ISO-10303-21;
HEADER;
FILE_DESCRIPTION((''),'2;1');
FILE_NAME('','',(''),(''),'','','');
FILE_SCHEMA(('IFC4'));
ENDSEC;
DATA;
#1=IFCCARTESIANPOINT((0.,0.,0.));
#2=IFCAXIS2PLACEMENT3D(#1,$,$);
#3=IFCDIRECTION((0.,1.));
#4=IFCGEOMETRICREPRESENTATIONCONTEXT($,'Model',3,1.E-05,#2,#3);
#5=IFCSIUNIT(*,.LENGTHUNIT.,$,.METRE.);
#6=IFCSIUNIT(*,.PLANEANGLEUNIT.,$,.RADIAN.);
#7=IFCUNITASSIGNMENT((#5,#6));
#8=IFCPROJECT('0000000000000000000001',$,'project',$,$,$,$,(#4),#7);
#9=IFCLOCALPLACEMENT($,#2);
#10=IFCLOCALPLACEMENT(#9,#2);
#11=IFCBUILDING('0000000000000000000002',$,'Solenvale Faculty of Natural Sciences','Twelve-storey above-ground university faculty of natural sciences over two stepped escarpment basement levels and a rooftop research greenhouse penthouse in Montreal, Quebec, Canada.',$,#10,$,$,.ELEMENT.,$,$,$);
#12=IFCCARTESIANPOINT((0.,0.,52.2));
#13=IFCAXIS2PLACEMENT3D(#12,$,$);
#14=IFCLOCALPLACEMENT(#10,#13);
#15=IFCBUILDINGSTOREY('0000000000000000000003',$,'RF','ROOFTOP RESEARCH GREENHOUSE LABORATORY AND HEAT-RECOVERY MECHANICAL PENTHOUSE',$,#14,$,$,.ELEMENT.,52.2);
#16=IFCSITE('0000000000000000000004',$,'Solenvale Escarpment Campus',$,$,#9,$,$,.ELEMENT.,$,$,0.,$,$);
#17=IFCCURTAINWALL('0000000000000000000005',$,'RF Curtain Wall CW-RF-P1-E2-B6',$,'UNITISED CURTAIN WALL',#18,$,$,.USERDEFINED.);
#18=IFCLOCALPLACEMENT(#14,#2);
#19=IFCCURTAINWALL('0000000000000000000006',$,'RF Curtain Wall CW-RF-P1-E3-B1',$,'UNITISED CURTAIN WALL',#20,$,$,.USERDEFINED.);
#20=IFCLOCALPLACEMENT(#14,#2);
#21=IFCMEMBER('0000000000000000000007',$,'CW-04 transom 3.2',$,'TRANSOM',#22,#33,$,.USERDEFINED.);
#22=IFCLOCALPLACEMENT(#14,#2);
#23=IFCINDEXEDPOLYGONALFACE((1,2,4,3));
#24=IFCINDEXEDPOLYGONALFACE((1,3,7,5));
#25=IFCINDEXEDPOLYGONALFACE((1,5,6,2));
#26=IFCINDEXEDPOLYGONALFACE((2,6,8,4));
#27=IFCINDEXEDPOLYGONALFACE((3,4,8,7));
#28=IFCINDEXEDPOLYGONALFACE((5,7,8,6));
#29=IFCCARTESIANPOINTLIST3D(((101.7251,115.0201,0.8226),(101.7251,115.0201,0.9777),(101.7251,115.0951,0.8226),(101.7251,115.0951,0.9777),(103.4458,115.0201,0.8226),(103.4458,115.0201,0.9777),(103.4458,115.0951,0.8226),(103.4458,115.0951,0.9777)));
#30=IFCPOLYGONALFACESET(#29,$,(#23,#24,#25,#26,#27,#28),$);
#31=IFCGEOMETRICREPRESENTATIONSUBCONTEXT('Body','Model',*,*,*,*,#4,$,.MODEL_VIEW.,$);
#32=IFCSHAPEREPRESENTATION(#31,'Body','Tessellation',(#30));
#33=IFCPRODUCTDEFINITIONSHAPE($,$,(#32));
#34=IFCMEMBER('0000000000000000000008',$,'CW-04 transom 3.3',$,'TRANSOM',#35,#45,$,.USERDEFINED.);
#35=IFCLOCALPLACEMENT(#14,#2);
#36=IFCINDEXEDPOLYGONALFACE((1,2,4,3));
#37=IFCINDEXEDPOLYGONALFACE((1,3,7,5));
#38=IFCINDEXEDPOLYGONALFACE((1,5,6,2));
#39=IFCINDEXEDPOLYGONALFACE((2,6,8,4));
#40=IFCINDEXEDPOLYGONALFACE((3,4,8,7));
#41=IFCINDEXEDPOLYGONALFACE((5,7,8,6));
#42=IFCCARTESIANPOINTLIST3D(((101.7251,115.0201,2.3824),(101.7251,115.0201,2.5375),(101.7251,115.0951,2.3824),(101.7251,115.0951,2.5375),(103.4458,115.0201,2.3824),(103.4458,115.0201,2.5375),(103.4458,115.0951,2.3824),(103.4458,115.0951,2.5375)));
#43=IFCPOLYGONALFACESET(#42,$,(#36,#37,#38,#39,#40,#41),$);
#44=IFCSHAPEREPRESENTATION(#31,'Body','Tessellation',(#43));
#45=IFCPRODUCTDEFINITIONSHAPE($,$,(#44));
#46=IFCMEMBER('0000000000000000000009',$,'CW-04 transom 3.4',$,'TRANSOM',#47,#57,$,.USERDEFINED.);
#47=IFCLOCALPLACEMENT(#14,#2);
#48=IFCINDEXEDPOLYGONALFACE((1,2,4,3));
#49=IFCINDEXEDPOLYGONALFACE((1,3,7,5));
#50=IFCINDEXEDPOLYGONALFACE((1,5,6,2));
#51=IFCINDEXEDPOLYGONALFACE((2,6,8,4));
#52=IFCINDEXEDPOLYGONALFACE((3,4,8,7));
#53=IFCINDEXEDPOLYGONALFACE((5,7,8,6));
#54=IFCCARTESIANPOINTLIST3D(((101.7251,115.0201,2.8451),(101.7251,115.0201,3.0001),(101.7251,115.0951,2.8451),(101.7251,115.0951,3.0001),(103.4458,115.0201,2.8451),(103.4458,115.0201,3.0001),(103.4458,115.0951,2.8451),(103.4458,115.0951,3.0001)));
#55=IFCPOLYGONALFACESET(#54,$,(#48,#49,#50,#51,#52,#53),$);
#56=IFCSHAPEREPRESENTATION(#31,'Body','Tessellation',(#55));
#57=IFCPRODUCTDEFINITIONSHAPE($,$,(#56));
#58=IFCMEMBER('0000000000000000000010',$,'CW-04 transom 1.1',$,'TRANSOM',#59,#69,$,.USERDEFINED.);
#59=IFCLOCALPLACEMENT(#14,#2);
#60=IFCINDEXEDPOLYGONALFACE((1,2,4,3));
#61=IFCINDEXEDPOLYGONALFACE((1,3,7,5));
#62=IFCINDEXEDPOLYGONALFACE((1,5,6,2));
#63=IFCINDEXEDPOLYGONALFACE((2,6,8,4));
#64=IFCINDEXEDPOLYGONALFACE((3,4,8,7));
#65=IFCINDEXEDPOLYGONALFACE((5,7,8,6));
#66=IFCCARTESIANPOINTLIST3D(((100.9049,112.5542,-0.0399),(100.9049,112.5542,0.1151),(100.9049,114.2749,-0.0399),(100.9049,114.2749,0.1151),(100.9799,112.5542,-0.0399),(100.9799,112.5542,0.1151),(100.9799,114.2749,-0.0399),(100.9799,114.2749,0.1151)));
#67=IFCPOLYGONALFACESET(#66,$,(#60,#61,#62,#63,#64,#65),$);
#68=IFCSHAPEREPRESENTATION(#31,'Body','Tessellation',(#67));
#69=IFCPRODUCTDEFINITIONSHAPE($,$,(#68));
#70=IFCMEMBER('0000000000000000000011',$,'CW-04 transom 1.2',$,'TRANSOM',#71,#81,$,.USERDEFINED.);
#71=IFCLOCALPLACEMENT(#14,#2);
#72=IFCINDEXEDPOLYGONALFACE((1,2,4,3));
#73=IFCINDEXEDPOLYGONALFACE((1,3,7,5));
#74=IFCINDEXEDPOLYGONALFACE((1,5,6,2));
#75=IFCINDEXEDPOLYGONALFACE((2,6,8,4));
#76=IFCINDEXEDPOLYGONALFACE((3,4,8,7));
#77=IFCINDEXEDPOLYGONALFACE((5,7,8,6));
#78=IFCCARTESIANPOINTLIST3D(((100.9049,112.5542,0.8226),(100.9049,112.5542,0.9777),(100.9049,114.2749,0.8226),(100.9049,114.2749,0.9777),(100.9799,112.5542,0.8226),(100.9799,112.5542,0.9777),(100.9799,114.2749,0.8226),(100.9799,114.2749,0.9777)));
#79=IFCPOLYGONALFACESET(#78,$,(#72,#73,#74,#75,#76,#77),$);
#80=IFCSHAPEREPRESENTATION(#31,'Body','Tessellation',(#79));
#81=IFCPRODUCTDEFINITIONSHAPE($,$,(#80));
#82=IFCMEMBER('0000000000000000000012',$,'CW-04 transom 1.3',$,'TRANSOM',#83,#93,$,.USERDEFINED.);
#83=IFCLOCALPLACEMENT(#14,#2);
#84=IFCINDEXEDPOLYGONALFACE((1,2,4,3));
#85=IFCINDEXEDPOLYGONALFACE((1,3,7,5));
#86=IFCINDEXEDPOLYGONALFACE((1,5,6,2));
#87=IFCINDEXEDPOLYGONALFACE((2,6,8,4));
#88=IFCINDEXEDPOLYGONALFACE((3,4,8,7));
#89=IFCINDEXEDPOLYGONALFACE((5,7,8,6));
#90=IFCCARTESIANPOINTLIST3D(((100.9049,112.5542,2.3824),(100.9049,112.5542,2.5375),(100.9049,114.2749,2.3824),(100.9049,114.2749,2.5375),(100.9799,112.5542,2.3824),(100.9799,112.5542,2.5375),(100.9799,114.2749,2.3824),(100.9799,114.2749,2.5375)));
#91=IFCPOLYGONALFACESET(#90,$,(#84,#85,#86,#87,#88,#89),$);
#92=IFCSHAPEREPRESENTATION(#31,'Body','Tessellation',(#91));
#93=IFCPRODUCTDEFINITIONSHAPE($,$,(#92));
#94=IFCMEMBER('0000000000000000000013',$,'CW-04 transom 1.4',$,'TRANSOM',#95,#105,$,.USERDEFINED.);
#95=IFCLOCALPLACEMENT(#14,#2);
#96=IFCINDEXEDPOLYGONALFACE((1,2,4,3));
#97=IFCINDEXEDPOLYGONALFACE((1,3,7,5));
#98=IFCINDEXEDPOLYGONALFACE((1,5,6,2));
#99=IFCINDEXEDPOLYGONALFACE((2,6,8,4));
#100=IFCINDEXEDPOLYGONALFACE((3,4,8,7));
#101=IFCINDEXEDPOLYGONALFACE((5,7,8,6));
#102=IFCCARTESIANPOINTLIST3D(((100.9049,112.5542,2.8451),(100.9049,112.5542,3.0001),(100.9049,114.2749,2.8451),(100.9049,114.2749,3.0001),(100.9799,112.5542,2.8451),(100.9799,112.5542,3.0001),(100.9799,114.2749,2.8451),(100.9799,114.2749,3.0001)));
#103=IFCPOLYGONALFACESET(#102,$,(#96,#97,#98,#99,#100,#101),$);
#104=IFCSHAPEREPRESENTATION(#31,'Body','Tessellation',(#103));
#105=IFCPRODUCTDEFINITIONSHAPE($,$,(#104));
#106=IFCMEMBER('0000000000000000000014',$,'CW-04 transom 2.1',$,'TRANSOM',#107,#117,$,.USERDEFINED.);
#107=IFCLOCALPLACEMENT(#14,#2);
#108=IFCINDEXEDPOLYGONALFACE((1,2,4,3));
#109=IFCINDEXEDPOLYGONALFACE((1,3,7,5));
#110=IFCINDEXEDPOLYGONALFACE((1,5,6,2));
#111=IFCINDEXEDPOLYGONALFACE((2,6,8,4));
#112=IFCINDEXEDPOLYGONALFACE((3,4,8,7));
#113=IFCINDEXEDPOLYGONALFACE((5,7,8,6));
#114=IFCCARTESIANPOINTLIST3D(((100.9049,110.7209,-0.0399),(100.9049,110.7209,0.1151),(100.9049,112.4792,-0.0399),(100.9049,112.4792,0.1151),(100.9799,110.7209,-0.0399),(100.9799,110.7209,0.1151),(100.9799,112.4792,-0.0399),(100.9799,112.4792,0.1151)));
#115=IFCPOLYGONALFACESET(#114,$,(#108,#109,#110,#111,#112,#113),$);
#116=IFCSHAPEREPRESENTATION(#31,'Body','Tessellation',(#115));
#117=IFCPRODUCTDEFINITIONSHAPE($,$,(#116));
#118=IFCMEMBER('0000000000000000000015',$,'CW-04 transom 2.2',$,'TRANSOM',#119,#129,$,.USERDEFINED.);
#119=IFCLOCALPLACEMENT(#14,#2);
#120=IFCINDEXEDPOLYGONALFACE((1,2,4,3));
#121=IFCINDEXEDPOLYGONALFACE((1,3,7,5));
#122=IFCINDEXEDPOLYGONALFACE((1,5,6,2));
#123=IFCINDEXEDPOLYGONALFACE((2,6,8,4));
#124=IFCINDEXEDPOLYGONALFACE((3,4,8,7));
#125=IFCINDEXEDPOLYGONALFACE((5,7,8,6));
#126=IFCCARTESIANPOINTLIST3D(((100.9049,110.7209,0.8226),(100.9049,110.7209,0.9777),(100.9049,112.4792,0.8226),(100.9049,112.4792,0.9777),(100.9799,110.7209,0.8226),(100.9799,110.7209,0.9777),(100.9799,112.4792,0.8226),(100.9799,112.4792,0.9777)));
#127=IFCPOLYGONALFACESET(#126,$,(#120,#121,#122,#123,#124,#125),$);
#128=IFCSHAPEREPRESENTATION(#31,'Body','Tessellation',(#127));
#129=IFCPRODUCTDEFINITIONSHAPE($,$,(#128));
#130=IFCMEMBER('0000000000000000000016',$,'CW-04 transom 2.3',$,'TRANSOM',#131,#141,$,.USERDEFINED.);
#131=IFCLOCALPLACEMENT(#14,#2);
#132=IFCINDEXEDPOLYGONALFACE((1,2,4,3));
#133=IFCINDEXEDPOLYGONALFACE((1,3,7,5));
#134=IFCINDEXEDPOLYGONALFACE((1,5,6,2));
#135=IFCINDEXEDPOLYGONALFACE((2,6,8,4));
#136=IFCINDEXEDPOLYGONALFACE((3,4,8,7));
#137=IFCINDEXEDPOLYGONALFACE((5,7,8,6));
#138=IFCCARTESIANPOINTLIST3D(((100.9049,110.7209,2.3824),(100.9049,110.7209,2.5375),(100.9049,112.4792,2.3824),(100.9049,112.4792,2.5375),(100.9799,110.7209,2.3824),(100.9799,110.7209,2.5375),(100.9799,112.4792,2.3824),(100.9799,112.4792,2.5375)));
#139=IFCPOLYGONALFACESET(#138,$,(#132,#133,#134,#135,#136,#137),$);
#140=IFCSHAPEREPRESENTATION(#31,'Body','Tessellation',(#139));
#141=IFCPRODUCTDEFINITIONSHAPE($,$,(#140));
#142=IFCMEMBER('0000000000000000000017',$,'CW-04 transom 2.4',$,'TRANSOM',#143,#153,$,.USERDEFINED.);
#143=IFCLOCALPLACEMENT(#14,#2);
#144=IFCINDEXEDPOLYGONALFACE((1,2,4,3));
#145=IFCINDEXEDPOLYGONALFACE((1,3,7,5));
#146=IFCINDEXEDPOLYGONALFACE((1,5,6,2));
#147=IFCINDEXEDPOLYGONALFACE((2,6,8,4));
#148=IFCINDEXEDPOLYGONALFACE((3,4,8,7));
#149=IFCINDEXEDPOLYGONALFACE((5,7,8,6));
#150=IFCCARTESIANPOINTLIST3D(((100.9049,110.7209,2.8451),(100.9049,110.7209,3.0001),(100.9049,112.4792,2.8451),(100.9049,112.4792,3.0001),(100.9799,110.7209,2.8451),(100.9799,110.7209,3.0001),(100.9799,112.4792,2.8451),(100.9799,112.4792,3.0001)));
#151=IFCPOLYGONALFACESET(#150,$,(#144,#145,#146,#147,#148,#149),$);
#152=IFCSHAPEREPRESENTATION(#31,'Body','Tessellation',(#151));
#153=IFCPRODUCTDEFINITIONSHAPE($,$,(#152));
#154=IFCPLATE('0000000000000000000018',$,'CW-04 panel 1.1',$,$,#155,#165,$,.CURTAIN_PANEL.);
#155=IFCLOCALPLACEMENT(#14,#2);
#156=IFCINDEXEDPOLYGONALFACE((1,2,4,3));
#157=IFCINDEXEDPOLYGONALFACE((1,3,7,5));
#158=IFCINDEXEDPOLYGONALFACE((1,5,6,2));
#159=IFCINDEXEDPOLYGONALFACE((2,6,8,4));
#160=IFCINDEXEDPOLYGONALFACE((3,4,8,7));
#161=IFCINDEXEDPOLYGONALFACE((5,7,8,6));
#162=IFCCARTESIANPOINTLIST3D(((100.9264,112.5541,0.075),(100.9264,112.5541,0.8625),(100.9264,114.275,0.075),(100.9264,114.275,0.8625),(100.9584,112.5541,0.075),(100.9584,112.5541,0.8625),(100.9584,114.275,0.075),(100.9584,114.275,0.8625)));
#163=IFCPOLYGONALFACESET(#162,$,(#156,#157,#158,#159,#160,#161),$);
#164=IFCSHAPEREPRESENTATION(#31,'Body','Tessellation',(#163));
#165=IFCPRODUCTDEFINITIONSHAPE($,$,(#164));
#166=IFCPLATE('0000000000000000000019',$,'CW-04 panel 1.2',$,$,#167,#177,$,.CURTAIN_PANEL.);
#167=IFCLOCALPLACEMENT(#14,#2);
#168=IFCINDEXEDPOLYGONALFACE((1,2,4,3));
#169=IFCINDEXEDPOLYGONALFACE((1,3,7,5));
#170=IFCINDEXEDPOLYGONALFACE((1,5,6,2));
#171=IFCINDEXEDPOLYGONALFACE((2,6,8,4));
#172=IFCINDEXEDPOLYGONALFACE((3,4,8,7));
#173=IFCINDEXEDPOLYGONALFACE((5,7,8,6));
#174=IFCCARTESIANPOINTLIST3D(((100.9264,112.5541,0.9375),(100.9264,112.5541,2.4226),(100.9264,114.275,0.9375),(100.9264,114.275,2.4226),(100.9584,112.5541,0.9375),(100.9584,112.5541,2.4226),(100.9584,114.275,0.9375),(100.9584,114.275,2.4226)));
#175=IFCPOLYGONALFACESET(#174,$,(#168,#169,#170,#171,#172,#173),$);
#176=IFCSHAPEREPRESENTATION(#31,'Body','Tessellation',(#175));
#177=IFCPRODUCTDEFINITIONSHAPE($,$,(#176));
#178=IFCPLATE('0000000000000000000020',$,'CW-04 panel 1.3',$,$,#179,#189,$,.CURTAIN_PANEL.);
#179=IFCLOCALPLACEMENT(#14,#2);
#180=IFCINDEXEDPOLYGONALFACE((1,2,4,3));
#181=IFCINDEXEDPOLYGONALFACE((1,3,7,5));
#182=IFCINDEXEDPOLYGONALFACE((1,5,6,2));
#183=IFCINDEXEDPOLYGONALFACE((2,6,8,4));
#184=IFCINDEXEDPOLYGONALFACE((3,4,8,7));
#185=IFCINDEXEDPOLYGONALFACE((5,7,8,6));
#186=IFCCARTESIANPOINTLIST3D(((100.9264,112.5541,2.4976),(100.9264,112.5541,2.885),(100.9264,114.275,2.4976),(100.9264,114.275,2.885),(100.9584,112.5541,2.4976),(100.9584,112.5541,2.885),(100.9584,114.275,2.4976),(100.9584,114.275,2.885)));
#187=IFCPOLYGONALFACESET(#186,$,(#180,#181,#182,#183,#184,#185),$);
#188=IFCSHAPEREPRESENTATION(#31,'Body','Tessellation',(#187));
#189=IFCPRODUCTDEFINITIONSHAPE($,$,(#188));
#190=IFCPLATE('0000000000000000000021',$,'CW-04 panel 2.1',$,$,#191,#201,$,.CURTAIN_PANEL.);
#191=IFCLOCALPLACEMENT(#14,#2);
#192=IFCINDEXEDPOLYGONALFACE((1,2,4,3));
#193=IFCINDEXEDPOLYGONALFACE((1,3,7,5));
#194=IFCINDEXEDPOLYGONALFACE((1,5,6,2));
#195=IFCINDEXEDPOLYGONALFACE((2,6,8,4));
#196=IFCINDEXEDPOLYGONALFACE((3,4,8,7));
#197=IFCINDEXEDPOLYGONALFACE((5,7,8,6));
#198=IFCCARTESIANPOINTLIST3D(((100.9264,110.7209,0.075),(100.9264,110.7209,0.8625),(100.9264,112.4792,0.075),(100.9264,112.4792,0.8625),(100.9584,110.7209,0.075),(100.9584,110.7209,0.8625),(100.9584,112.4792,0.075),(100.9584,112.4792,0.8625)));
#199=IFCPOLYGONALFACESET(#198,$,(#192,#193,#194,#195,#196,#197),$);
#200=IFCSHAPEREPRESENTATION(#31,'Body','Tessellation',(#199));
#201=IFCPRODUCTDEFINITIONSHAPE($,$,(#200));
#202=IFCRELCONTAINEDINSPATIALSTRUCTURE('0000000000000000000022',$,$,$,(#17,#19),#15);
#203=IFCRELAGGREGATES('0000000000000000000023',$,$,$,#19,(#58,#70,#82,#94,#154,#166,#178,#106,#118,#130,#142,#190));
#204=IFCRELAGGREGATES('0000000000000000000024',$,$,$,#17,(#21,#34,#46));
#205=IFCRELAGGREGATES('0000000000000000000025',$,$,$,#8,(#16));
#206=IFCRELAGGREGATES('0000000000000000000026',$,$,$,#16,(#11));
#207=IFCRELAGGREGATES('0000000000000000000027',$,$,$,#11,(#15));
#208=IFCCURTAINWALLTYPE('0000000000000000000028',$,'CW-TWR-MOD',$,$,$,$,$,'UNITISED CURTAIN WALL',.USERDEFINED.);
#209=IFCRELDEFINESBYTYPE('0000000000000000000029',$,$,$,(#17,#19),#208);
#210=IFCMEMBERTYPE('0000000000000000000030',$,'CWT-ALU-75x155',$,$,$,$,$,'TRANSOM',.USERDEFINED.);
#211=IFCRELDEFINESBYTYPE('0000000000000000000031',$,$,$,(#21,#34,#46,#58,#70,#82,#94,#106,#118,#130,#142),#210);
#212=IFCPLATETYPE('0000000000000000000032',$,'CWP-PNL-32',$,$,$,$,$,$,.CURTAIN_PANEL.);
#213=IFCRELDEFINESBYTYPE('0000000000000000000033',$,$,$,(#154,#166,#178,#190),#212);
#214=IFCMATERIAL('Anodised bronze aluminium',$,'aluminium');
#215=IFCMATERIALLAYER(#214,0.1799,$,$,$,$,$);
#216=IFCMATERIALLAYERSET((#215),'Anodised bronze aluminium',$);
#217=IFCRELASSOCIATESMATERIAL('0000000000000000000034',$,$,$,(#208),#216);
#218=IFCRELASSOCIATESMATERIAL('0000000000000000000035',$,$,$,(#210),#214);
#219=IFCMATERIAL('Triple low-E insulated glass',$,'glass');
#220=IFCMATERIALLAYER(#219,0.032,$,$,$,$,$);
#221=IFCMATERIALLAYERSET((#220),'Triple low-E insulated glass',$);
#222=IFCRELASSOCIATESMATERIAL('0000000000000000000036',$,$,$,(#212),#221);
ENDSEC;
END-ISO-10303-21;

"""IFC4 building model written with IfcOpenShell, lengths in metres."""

from ifc_helpers import new_model, si_unit, direction, frame, origin, origin_2d, place, context, subcontext, project, spatial, rectangle, extrude, material, layer, layer_set, material_profile, profile_set, type_object, element, aggregate, save


model = new_model("IFC4")

# Units and contexts
model_context = context("Model", 3, precision=1e-05, world=origin(), true_north=direction((0.0, 1.0)))
body_context = subcontext(model_context, "Body", "Model", "MODEL_VIEW")
ifc_project = project(units=[si_unit("LENGTHUNIT", "METRE"), si_unit("PLANEANGLEUNIT", "RADIAN")], contexts=[model_context])

# Site, building, storey
site_placement = place(None, origin())
site = spatial("IfcSite", under=ifc_project, at=site_placement, Name="Solenvale Escarpment Campus", CompositionType="ELEMENT", RefElevation=0.0)
building_placement = place(site_placement, origin())
building = spatial("IfcBuilding", under=site, at=building_placement, Name="Solenvale Faculty of Natural Sciences", Description="Twelve-storey above-ground university faculty of natural sciences over two stepped escarpment basement levels and a rooftop research greenhouse penthouse in Montreal, Quebec, Canada.", CompositionType="ELEMENT")
storey_placement = place(building_placement, frame((0.0, 0.0, 52.2)))
storey = spatial("IfcBuildingStorey", under=building, at=storey_placement, Name="RF", Description="ROOFTOP RESEARCH GREENHOUSE LABORATORY AND HEAT-RECOVERY MECHANICAL PENTHOUSE", CompositionType="ELEMENT", Elevation=52.2)

# Curtain walls
ifc_material_1 = material(Name="Anodised bronze aluminium", Category="aluminium")
ifc_layer_1 = layer(ifc_material_1, 0.1799)
ifc_layer_set_1 = layer_set([ifc_layer_1], Name="Anodised bronze aluminium")
curtain_wall_type = type_object("IfcCurtainWallType", Name="CW-TWR-MOD", ElementType="UNITISED CURTAIN WALL", PredefinedType="USERDEFINED", material=ifc_layer_set_1)
curtain_wall_1_placement = place(storey_placement, origin())
curtain_wall_1 = element("IfcCurtainWall", 1, at=curtain_wall_1_placement, inside=storey, type_object=curtain_wall_type, Name="RF Curtain Wall CW-RF-P1-E2-B6", ObjectType="UNITISED CURTAIN WALL", PredefinedType="USERDEFINED")
curtain_wall_2_placement = place(storey_placement, origin())
curtain_wall_2 = element("IfcCurtainWall", 2, at=curtain_wall_2_placement, inside=storey, type_object=curtain_wall_type, Name="RF Curtain Wall CW-RF-P1-E3-B1", ObjectType="UNITISED CURTAIN WALL", PredefinedType="USERDEFINED")

# Members
ifc_material_profile_1 = material_profile(ifc_material_1, rectangle(XDim=0.075, YDim=0.155, at=origin_2d()), Name="ALU-TRN-75x155")
ifc_profile_set_1 = profile_set([ifc_material_profile_1], Name="Anodised bronze aluminium")
member_type_1 = type_object("IfcMemberType", Name="CWT-ALU-75x155", ElementType="TRANSOM", PredefinedType="USERDEFINED", material=ifc_profile_set_1)
member_1_placement = place(storey_placement, frame((103.4458, 115.0576, 0.9001), z_axis=(-1.0, 0.0, 0.0), x_axis=(0.0, -1.0, 0.0)))
member_1 = element("IfcMember", 3, at=member_1_placement, type_object=member_type_1, Name="CW-04 transom 3.2", ObjectType="TRANSOM", PredefinedType="USERDEFINED", context=body_context, shape_type="SweptSolid", body=[
    extrude(rectangle(XDim=0.075, YDim=0.155, at=origin_2d()), origin(), (0.0, 0.0, 1.0), 1.7207),
])
member_2_placement = place(storey_placement, frame((103.4458, 115.0576, 2.46), z_axis=(-1.0, 0.0, 0.0), x_axis=(0.0, -1.0, 0.0)))
member_2 = element("IfcMember", 4, at=member_2_placement, type_object=member_type_1, Name="CW-04 transom 3.3", ObjectType="TRANSOM", PredefinedType="USERDEFINED", context=body_context, shape_type="SweptSolid", body=[
    extrude(rectangle(XDim=0.075, YDim=0.155, at=origin_2d()), origin(), (0.0, 0.0, 1.0), 1.7207),
])
member_3_placement = place(storey_placement, frame((103.4458, 115.0576, 2.9226), z_axis=(-1.0, 0.0, 0.0), x_axis=(0.0, -1.0, 0.0)))
member_3 = element("IfcMember", 5, at=member_3_placement, type_object=member_type_1, Name="CW-04 transom 3.4", ObjectType="TRANSOM", PredefinedType="USERDEFINED", context=body_context, shape_type="SweptSolid", body=[
    extrude(rectangle(XDim=0.075, YDim=0.155, at=origin_2d()), origin(), (0.0, 0.0, 1.0), 1.7207),
])
member_4_placement = place(storey_placement, frame((100.9424, 114.2749, 0.0376), z_axis=(0.0, -1.0, 0.0), x_axis=(1.0, 0.0, 0.0)))
member_4 = element("IfcMember", 6, at=member_4_placement, type_object=member_type_1, Name="CW-04 transom 1.1", ObjectType="TRANSOM", PredefinedType="USERDEFINED", context=body_context, shape_type="SweptSolid", body=[
    extrude(rectangle(XDim=0.075, YDim=0.155, at=origin_2d()), origin(), (0.0, 0.0, 1.0), 1.7207),
])
member_5_placement = place(storey_placement, frame((100.9424, 114.2749, 0.9001), z_axis=(0.0, -1.0, 0.0), x_axis=(1.0, 0.0, 0.0)))
member_5 = element("IfcMember", 7, at=member_5_placement, type_object=member_type_1, Name="CW-04 transom 1.2", ObjectType="TRANSOM", PredefinedType="USERDEFINED", context=body_context, shape_type="SweptSolid", body=[
    extrude(rectangle(XDim=0.075, YDim=0.155, at=origin_2d()), origin(), (0.0, 0.0, 1.0), 1.7207),
])
member_6_placement = place(storey_placement, frame((100.9424, 114.2749, 2.46), z_axis=(0.0, -1.0, 0.0), x_axis=(1.0, 0.0, 0.0)))
member_6 = element("IfcMember", 8, at=member_6_placement, type_object=member_type_1, Name="CW-04 transom 1.3", ObjectType="TRANSOM", PredefinedType="USERDEFINED", context=body_context, shape_type="SweptSolid", body=[
    extrude(rectangle(XDim=0.075, YDim=0.155, at=origin_2d()), origin(), (0.0, 0.0, 1.0), 1.7207),
])
member_7_placement = place(storey_placement, frame((100.9424, 114.2749, 2.9226), z_axis=(0.0, -1.0, 0.0), x_axis=(1.0, 0.0, 0.0)))
member_7 = element("IfcMember", 9, at=member_7_placement, type_object=member_type_1, Name="CW-04 transom 1.4", ObjectType="TRANSOM", PredefinedType="USERDEFINED", context=body_context, shape_type="SweptSolid", body=[
    extrude(rectangle(XDim=0.075, YDim=0.155, at=origin_2d()), origin(), (0.0, 0.0, 1.0), 1.7207),
])
member_8_placement = place(storey_placement, frame((100.9424, 112.4792, 0.0376), z_axis=(0.0, -1.0, 0.0), x_axis=(1.0, 0.0, 0.0)))
member_8 = element("IfcMember", 10, at=member_8_placement, type_object=member_type_1, Name="CW-04 transom 2.1", ObjectType="TRANSOM", PredefinedType="USERDEFINED", context=body_context, shape_type="SweptSolid", body=[
    extrude(rectangle(XDim=0.075, YDim=0.155, at=origin_2d()), origin(), (0.0, 0.0, 1.0), 1.7583),
])
member_9_placement = place(storey_placement, frame((100.9424, 112.4792, 0.9001), z_axis=(0.0, -1.0, 0.0), x_axis=(1.0, 0.0, 0.0)))
member_9 = element("IfcMember", 11, at=member_9_placement, type_object=member_type_1, Name="CW-04 transom 2.2", ObjectType="TRANSOM", PredefinedType="USERDEFINED", context=body_context, shape_type="SweptSolid", body=[
    extrude(rectangle(XDim=0.075, YDim=0.155, at=origin_2d()), origin(), (0.0, 0.0, 1.0), 1.7583),
])
member_10_placement = place(storey_placement, frame((100.9424, 112.4792, 2.46), z_axis=(0.0, -1.0, 0.0), x_axis=(1.0, 0.0, 0.0)))
member_10 = element("IfcMember", 12, at=member_10_placement, type_object=member_type_1, Name="CW-04 transom 2.3", ObjectType="TRANSOM", PredefinedType="USERDEFINED", context=body_context, shape_type="SweptSolid", body=[
    extrude(rectangle(XDim=0.075, YDim=0.155, at=origin_2d()), origin(), (0.0, 0.0, 1.0), 1.7583),
])
member_11_placement = place(storey_placement, frame((100.9424, 112.4792, 2.9226), z_axis=(0.0, -1.0, 0.0), x_axis=(1.0, 0.0, 0.0)))
member_11 = element("IfcMember", 13, at=member_11_placement, type_object=member_type_1, Name="CW-04 transom 2.4", ObjectType="TRANSOM", PredefinedType="USERDEFINED", context=body_context, shape_type="SweptSolid", body=[
    extrude(rectangle(XDim=0.075, YDim=0.155, at=origin_2d()), origin(), (0.0, 0.0, 1.0), 1.7583),
])

# Plates
ifc_material_2 = material(Name="Triple low-E insulated glass", Category="glass")
ifc_layer_2 = layer(ifc_material_2, 0.032)
ifc_layer_set_2 = layer_set([ifc_layer_2], Name="Triple low-E insulated glass")
plate_type_1 = type_object("IfcPlateType", Name="CWP-PNL-32", PredefinedType="CURTAIN_PANEL", material=ifc_layer_set_2)
plate_1_placement = place(storey_placement, frame((100.9424, 113.4146, 0.075), z_axis=(0.0, 0.0, 1.0), x_axis=(0.0, -1.0, 0.0)))
plate_1 = element("IfcPlate", 14, at=plate_1_placement, type_object=plate_type_1, Name="CW-04 panel 1.1", PredefinedType="CURTAIN_PANEL", context=body_context, shape_type="SweptSolid", body=[
    extrude(rectangle(XDim=1.7209, YDim=0.032, at=origin_2d()), origin(), (0.0, 0.0, 1.0), 0.7876),
])
plate_2_placement = place(storey_placement, frame((100.9424, 113.4146, 0.9375), z_axis=(0.0, 0.0, 1.0), x_axis=(0.0, -1.0, 0.0)))
plate_2 = element("IfcPlate", 15, at=plate_2_placement, type_object=plate_type_1, Name="CW-04 panel 1.2", PredefinedType="CURTAIN_PANEL", context=body_context, shape_type="SweptSolid", body=[
    extrude(rectangle(XDim=1.7209, YDim=0.032, at=origin_2d()), origin(), (0.0, 0.0, 1.0), 1.4851),
])
plate_3_placement = place(storey_placement, frame((100.9424, 113.4146, 2.4976), z_axis=(0.0, 0.0, 1.0), x_axis=(0.0, -1.0, 0.0)))
plate_3 = element("IfcPlate", 16, at=plate_3_placement, type_object=plate_type_1, Name="CW-04 panel 1.3", PredefinedType="CURTAIN_PANEL", context=body_context, shape_type="SweptSolid", body=[
    extrude(rectangle(XDim=1.7209, YDim=0.032, at=origin_2d()), origin(), (0.0, 0.0, 1.0), 0.3875),
])
plate_4_placement = place(storey_placement, frame((100.9424, 111.6001, 0.075), z_axis=(0.0, 0.0, 1.0), x_axis=(0.0, -1.0, 0.0)))
plate_4 = element("IfcPlate", 17, at=plate_4_placement, type_object=plate_type_1, Name="CW-04 panel 2.1", PredefinedType="CURTAIN_PANEL", context=body_context, shape_type="SweptSolid", body=[
    extrude(rectangle(XDim=1.7583, YDim=0.032, at=origin_2d()), origin(), (0.0, 0.0, 1.0), 0.7876),
])
aggregate(curtain_wall_2, [member_4, member_5, member_6, member_7, plate_1, plate_2, plate_3, member_8, member_9, member_10, member_11, plate_4])
aggregate(curtain_wall_1, [member_1, member_2, member_3])

save(model, "model.ifc")
